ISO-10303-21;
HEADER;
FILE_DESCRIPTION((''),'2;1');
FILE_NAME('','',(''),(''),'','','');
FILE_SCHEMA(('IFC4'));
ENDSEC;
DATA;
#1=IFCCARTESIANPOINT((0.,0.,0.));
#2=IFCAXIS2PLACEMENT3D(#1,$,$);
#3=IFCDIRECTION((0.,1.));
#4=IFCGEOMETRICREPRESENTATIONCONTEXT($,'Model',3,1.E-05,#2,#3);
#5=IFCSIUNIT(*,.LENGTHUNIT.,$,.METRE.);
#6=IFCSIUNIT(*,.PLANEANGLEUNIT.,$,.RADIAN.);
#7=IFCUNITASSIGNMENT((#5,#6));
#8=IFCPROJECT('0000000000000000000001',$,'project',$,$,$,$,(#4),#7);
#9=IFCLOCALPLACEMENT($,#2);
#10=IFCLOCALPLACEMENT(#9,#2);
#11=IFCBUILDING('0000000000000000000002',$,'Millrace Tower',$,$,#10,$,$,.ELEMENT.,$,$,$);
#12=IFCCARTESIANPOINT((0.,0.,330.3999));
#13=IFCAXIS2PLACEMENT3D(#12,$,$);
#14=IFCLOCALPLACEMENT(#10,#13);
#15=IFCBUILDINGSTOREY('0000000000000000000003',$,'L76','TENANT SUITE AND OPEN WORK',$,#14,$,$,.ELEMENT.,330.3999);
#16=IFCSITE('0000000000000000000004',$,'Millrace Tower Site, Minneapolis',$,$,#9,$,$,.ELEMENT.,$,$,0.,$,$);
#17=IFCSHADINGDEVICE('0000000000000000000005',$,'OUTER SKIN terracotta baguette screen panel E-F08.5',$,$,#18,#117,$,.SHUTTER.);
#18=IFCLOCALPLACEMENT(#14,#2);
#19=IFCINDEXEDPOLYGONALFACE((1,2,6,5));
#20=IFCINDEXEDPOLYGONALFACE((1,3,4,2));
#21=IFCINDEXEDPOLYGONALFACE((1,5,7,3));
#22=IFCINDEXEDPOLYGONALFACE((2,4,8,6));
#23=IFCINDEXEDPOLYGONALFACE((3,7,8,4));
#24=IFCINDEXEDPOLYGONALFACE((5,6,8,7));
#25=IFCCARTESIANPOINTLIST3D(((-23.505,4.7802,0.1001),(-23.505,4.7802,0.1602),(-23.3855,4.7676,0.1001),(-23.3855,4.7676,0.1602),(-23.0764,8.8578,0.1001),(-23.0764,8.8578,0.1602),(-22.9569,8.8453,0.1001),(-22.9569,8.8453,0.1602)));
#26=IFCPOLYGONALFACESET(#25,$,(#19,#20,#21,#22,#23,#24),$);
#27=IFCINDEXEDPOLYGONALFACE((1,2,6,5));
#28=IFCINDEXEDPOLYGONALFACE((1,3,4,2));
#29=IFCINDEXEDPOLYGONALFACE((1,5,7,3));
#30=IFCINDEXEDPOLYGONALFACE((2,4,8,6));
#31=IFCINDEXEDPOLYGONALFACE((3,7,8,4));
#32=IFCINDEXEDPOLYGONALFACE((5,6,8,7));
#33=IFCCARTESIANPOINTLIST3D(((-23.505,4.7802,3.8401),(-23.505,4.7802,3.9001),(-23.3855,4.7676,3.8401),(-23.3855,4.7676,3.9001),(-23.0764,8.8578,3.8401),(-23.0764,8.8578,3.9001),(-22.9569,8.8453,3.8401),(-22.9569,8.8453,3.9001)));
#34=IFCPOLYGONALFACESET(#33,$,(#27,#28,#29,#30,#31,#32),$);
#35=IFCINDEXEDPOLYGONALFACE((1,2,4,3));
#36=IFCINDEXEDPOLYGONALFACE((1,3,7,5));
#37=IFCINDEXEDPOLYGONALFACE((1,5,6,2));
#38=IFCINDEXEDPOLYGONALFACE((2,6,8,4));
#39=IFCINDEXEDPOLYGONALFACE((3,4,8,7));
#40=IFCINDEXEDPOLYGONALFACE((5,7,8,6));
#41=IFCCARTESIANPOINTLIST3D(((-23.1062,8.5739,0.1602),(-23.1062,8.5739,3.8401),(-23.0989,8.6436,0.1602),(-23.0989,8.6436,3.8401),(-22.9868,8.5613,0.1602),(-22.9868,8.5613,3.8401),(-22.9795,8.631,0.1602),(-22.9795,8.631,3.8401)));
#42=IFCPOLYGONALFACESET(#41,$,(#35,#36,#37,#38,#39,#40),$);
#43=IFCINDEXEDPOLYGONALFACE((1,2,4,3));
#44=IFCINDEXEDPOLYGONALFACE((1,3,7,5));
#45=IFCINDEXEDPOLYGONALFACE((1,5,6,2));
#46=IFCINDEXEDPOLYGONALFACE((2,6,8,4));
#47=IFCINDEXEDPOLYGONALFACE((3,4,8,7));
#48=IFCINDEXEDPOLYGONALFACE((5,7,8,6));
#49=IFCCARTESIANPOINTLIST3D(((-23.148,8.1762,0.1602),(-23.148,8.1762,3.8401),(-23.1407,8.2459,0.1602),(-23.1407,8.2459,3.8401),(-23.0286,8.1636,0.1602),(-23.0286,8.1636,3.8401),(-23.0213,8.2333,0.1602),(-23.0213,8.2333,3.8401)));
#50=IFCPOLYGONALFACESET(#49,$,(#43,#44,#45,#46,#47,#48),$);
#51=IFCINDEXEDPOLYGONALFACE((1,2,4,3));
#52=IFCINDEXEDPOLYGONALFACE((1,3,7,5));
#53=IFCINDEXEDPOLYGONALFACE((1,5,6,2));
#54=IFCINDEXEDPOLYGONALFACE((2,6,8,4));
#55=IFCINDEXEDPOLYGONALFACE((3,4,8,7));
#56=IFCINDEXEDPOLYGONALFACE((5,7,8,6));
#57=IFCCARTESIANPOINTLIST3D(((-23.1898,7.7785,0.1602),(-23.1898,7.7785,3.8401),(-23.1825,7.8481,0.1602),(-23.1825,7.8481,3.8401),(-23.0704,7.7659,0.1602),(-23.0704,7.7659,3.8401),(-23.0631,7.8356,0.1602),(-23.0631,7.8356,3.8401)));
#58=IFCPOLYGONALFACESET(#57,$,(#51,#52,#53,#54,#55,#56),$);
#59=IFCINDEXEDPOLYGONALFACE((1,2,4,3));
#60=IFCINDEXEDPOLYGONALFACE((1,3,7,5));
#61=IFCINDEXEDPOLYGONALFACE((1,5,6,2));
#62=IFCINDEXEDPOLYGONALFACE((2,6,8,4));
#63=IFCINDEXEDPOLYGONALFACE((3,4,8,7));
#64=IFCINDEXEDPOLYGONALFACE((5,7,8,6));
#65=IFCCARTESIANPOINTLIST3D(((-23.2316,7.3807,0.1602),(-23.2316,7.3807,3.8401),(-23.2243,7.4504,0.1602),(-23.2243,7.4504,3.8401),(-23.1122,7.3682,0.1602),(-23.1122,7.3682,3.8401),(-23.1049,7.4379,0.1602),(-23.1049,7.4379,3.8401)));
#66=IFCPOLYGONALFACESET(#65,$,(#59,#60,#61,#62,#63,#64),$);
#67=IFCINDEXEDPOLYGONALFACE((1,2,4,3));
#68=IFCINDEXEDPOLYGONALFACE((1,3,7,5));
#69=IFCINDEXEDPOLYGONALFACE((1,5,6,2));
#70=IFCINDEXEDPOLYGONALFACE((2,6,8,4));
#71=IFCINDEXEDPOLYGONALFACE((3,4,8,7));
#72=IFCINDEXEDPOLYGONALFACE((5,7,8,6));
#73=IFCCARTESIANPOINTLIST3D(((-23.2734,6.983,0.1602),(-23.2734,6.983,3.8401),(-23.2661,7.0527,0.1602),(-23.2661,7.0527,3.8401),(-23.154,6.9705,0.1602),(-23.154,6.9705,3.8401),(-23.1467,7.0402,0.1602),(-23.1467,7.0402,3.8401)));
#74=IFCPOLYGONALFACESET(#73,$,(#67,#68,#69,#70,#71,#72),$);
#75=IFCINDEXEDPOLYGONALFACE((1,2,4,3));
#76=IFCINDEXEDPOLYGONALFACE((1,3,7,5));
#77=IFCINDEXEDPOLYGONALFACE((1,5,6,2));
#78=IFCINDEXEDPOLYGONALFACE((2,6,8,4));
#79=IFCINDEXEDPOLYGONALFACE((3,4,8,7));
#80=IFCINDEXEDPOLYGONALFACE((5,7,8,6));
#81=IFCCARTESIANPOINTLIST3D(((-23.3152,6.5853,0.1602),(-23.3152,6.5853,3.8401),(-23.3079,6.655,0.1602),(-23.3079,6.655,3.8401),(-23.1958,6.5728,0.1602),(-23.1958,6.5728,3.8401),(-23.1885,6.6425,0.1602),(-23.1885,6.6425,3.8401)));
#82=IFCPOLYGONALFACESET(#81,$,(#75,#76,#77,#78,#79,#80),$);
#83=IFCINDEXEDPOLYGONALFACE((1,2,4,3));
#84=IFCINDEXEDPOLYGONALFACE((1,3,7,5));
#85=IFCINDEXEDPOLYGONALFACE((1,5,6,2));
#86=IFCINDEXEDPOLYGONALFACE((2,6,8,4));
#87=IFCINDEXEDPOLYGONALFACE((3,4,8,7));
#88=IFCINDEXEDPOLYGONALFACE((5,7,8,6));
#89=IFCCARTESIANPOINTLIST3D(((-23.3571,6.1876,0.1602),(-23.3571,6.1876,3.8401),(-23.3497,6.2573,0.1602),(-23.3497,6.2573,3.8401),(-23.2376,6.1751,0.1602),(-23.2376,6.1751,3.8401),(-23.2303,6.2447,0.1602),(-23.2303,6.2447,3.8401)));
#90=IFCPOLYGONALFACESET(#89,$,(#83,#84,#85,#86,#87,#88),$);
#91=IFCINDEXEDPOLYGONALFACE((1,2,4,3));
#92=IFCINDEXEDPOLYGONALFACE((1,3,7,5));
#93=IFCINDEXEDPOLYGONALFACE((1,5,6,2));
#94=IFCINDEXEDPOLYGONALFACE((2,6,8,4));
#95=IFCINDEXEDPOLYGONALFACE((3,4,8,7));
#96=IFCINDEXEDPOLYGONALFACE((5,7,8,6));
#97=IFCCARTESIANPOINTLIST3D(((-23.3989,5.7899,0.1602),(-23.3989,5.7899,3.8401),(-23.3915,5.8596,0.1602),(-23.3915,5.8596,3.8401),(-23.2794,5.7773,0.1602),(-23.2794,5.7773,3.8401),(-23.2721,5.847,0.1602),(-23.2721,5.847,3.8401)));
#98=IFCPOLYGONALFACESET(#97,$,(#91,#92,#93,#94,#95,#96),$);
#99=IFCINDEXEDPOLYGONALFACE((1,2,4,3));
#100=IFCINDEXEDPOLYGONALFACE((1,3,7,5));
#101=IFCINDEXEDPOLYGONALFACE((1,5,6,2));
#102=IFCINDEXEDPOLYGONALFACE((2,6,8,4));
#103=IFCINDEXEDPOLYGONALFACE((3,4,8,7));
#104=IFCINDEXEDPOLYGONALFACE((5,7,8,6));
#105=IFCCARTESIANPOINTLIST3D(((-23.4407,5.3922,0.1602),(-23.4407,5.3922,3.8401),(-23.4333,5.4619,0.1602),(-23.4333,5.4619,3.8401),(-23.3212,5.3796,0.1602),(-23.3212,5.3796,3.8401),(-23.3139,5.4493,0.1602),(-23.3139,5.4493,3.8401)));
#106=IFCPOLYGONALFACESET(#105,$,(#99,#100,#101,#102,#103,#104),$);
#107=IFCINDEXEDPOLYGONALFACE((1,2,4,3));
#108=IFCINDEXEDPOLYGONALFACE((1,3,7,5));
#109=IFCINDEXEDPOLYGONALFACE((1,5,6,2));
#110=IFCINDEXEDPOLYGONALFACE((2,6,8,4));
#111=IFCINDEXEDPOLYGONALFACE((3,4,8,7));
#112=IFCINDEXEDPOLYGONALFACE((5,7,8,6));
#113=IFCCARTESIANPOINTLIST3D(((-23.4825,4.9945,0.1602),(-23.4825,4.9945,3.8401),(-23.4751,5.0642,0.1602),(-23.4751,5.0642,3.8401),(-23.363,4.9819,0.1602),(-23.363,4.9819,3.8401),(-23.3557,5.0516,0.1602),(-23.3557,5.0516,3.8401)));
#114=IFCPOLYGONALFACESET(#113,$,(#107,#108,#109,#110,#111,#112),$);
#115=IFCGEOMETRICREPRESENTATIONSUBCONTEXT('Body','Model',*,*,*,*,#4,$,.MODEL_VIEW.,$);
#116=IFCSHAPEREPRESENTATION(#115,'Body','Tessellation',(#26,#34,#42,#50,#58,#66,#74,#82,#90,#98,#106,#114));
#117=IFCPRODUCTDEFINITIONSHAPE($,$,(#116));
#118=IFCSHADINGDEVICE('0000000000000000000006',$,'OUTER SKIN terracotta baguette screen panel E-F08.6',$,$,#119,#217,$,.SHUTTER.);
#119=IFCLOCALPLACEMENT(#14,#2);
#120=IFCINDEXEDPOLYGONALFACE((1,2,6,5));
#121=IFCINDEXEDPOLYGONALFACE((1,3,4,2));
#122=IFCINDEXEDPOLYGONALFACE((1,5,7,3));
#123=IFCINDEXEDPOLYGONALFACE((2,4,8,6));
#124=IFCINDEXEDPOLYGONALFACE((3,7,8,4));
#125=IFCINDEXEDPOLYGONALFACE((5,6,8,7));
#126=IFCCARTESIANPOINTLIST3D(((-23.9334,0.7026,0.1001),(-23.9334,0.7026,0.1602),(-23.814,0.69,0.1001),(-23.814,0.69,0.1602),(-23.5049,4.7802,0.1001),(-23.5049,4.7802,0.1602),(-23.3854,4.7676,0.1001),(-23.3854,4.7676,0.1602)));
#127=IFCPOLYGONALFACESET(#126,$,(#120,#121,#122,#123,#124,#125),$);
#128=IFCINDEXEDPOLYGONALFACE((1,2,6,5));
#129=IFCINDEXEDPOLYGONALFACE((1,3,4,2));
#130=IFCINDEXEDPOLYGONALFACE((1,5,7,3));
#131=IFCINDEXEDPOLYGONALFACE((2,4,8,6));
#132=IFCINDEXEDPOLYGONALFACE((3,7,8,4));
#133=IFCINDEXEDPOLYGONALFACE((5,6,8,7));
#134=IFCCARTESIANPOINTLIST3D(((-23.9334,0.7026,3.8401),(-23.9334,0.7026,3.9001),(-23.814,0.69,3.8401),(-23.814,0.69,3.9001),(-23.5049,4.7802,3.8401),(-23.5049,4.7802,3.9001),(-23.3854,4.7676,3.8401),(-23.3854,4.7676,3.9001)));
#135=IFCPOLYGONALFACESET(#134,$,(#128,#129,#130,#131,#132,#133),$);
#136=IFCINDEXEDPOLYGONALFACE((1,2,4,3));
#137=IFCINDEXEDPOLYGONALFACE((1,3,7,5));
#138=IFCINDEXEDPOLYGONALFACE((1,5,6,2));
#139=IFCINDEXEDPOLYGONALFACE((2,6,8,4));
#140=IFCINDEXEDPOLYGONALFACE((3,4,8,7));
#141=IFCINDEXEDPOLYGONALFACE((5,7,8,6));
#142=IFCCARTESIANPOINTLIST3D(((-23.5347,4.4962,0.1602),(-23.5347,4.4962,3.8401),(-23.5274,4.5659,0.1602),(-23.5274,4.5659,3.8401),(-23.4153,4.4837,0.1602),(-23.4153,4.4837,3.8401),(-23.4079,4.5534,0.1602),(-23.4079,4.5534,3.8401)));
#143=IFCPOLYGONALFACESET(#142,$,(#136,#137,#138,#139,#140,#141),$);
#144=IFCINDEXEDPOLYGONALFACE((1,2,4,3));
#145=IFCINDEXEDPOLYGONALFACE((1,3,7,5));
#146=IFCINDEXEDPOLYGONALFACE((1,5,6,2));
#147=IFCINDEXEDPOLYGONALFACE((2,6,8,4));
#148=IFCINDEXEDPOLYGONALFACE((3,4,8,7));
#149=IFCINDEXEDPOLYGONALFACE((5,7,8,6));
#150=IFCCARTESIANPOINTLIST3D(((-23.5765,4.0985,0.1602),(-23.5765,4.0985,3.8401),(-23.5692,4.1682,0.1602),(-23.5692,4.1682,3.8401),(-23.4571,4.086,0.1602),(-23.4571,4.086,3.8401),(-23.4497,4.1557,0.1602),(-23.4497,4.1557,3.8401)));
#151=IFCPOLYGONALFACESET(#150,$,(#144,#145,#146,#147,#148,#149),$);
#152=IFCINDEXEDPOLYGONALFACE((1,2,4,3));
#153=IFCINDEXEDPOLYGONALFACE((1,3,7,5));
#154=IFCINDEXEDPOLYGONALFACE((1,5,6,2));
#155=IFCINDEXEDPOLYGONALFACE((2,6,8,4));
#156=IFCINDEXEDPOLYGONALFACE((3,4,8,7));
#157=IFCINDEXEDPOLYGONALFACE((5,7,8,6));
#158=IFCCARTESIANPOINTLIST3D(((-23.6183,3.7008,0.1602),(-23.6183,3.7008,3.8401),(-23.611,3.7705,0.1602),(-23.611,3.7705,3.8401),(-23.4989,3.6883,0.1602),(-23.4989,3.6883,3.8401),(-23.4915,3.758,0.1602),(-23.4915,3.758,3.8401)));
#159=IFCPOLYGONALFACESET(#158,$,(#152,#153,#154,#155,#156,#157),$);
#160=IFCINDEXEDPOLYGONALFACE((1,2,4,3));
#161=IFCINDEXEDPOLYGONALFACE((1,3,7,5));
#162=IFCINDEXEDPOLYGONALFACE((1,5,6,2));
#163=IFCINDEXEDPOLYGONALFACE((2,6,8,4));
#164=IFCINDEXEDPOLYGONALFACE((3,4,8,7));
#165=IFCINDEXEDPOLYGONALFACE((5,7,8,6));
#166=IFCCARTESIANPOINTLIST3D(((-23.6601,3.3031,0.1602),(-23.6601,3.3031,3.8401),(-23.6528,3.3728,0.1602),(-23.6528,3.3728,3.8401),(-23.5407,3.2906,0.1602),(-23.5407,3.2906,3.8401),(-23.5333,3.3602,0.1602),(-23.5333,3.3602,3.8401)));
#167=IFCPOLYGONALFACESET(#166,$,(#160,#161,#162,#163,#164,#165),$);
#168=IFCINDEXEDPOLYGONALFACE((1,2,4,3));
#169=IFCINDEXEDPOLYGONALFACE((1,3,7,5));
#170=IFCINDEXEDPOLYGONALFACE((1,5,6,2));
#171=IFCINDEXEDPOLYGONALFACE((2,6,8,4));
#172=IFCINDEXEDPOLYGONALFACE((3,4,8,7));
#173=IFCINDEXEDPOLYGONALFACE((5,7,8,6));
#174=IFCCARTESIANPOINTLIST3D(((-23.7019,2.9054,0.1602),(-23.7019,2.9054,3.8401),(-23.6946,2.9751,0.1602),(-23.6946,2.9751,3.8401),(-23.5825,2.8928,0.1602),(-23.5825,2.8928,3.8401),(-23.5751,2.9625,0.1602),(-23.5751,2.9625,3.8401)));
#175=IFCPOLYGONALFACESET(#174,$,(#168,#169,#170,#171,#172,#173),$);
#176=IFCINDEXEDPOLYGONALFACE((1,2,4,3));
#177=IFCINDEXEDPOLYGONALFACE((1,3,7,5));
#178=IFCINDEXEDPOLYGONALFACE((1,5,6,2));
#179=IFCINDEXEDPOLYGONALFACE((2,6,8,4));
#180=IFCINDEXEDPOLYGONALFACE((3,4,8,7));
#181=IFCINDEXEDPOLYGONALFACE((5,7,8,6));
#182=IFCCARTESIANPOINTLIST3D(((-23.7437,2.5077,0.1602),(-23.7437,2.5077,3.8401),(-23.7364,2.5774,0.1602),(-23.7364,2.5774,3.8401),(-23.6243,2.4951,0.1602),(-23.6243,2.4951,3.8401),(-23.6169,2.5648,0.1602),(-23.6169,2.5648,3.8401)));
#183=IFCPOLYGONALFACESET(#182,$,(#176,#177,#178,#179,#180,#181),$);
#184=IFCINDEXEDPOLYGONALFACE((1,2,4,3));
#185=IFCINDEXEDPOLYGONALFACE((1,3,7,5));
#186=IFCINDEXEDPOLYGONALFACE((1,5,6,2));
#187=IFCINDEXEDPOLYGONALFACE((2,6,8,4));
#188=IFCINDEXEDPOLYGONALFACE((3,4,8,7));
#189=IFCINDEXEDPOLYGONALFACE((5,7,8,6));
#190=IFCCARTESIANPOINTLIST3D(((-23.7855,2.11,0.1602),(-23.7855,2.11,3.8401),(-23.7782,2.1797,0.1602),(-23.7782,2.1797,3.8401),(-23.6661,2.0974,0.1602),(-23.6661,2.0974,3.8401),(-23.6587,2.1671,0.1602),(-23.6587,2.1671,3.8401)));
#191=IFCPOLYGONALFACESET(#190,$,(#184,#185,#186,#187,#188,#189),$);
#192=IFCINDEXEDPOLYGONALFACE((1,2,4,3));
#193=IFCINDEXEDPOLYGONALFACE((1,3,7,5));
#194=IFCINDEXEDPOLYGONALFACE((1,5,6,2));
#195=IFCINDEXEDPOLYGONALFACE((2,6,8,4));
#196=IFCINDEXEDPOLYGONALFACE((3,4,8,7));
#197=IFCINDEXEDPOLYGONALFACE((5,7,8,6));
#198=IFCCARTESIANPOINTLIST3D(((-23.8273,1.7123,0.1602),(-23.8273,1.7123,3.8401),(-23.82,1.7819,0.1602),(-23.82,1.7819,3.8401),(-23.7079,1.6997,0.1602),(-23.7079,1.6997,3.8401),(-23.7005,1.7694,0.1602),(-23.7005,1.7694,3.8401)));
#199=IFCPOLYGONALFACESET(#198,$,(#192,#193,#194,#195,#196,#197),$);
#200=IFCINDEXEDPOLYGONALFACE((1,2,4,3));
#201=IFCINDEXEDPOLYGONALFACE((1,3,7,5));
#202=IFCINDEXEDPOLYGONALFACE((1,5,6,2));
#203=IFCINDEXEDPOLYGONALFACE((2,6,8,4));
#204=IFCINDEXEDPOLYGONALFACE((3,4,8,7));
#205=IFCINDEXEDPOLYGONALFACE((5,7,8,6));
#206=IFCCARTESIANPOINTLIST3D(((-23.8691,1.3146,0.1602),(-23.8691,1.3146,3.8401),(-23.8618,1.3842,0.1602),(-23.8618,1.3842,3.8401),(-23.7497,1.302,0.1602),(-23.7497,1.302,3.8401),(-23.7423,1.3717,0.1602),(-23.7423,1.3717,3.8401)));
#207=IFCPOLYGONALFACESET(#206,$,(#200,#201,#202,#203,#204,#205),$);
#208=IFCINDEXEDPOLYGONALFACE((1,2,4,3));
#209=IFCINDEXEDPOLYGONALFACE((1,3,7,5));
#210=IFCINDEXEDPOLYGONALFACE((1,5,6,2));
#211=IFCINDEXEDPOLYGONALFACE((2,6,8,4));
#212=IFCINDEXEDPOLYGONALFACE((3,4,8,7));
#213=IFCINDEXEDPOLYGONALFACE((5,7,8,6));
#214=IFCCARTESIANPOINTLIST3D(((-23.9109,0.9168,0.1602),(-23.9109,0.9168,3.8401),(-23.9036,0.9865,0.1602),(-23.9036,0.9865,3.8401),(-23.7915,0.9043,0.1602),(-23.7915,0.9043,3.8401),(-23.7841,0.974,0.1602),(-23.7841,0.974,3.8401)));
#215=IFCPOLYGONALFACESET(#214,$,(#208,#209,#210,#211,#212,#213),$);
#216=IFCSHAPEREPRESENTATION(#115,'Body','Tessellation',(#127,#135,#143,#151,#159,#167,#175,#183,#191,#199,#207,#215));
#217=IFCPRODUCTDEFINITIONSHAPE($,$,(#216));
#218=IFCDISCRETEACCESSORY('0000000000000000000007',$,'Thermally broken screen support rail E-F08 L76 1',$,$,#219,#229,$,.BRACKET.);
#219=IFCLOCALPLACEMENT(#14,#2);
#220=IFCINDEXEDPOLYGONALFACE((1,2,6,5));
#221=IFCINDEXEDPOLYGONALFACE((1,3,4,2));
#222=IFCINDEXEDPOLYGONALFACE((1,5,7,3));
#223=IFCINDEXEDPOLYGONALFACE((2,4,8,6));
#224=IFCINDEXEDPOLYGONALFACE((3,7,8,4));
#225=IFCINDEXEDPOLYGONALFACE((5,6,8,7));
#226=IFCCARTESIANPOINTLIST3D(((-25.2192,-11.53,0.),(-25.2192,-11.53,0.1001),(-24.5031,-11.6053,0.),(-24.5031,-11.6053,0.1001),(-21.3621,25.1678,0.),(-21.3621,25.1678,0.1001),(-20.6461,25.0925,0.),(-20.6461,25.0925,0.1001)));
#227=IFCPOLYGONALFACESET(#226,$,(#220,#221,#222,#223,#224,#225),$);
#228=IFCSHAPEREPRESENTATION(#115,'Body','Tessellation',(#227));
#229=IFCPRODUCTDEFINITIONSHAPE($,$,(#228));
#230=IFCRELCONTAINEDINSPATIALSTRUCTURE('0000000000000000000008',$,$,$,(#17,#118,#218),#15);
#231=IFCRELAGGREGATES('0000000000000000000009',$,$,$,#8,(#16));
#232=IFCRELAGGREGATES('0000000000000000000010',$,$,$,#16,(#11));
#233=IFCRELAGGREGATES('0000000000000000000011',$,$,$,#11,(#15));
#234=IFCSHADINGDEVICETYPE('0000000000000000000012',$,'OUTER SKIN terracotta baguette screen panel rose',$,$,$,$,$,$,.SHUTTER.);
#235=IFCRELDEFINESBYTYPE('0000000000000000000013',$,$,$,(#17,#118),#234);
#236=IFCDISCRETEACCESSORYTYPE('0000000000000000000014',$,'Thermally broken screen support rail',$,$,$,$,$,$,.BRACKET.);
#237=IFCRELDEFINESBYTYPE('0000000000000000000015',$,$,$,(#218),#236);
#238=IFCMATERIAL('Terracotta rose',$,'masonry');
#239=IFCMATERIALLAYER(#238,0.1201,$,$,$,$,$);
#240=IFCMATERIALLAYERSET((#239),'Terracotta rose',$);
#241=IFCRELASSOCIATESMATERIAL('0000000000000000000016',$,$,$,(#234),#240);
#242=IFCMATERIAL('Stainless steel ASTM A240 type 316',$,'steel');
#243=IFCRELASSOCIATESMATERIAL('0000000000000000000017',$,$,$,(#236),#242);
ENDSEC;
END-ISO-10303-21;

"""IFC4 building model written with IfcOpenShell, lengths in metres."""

from ifc_helpers import new_model, entity, si_unit, direction, frame, frame_2d, origin, origin_2d, place, context, subcontext, project, spatial, rectangle, extrude, source, transform, mapped, material, layer, layer_set, type_object, element, save


model = new_model("IFC4")

# Units and contexts
model_context = context("Model", 3, precision=1e-05, world=origin(), true_north=direction((0.0, 1.0)))
body_context = subcontext(model_context, "Body", "Model", "MODEL_VIEW")
ifc_project = project(units=[si_unit("LENGTHUNIT", "METRE"), si_unit("PLANEANGLEUNIT", "RADIAN")], contexts=[model_context])

# Site, building, storey
site_placement = place(None, origin())
site = spatial("IfcSite", under=ifc_project, at=site_placement, Name="Millrace Tower Site, Minneapolis", CompositionType="ELEMENT", RefElevation=0.0)
building_placement = place(site_placement, origin())
building = spatial("IfcBuilding", under=site, at=building_placement, Name="Millrace Tower", CompositionType="ELEMENT")
storey_placement = place(building_placement, frame((0.0, 0.0, 330.3999)))
storey = spatial("IfcBuildingStorey", under=building, at=storey_placement, Name="L76", Description="TENANT SUITE AND OPEN WORK", CompositionType="ELEMENT", Elevation=330.3999)

# Shading devices
ifc_material_1 = material(Name="Terracotta rose", Category="masonry")
ifc_layer_1 = layer(ifc_material_1, 0.1201)
ifc_layer_set_1 = layer_set([ifc_layer_1], Name="Terracotta rose")
shading_device_type = type_object("IfcShadingDeviceType", Name="OUTER SKIN terracotta baguette screen panel rose", PredefinedType="SHUTTER", material=ifc_layer_set_1)
cartesian_point = entity("IfcCartesianPoint", [-2.05, 0.0601])
shared_polyline = entity("IfcPolyline", [cartesian_point, entity("IfcCartesianPoint", [2.05, 0.0601]), entity("IfcCartesianPoint", [2.05, -0.0601]), entity("IfcCartesianPoint", [-2.05, -0.0601]), cartesian_point])
shared_shape = source(origin(), body_context, "Body", "SweptSolid", [
    entity("IfcExtrudedAreaSolid", entity("IfcArbitraryClosedProfileDef", "AREA", None, shared_polyline), entity("IfcAxis2Placement3D", entity("IfcCartesianPoint", [0.0, 0.0, 0.0])), entity("IfcDirection", [0.0, 0.0, 1.0]), 0.0601),
    entity("IfcExtrudedAreaSolid", entity("IfcArbitraryClosedProfileDef", "AREA", None, shared_polyline), entity("IfcAxis2Placement3D", entity("IfcCartesianPoint", [0.0, 0.0, 3.74])), entity("IfcDirection", [0.0, 0.0, 1.0]), 0.0601),
    extrude(rectangle(XDim=0.0701, YDim=0.1201, at=frame_2d((-1.7996, 0.0))), frame((0.0, 0.0, 0.0601)), (0.0, 0.0, 1.0), 3.6799),
    extrude(rectangle(XDim=0.0701, YDim=0.1201, at=frame_2d((-1.3997, 0.0))), frame((0.0, 0.0, 0.0601)), (0.0, 0.0, 1.0), 3.6799),
    extrude(rectangle(XDim=0.0701, YDim=0.1201, at=frame_2d((-0.9998, 0.0))), frame((0.0, 0.0, 0.0601)), (0.0, 0.0, 1.0), 3.6799),
    extrude(rectangle(XDim=0.0701, YDim=0.1201, at=frame_2d((-0.5999, 0.0))), frame((0.0, 0.0, 0.0601)), (0.0, 0.0, 1.0), 3.6799),
    extrude(rectangle(XDim=0.0701, YDim=0.1201, at=frame_2d((-0.2, 0.0))), frame((0.0, 0.0, 0.0601)), (0.0, 0.0, 1.0), 3.6799),
    extrude(rectangle(XDim=0.0701, YDim=0.1201, at=frame_2d((0.2, 0.0))), frame((0.0, 0.0, 0.0601)), (0.0, 0.0, 1.0), 3.6799),
    extrude(rectangle(XDim=0.0701, YDim=0.1201, at=frame_2d((0.5999, 0.0))), frame((0.0, 0.0, 0.0601)), (0.0, 0.0, 1.0), 3.6799),
    extrude(rectangle(XDim=0.0701, YDim=0.1201, at=frame_2d((0.9998, 0.0))), frame((0.0, 0.0, 0.0601)), (0.0, 0.0, 1.0), 3.6799),
    extrude(rectangle(XDim=0.0701, YDim=0.1201, at=frame_2d((1.3997, 0.0))), frame((0.0, 0.0, 0.0601)), (0.0, 0.0, 1.0), 3.6799),
    extrude(rectangle(XDim=0.0701, YDim=0.1201, at=frame_2d((1.7996, 0.0))), frame((0.0, 0.0, 0.0601)), (0.0, 0.0, 1.0), 3.6799),
])
for number, where, z_axis, x_axis, name in (
    (1, (-23.231, 6.8127, 0.1001), (0.0, 0.0, 1.0), (-0.104528, -0.994522, 0.0), "OUTER SKIN terracotta baguette screen panel E-F08.5"),
    (2, (-23.6594, 2.7351, 0.1001), (0.0, 0.0, 1.0), (-0.104528, -0.994522, 0.0), "OUTER SKIN terracotta baguette screen panel E-F08.6"),
):
    element("IfcShadingDevice", number, at=place(storey_placement, frame(where, z_axis=z_axis, x_axis=x_axis)), inside=storey, type_object=shading_device_type, Name=name, PredefinedType="SHUTTER", context=body_context, shape_type="MappedRepresentation", body=[
        mapped(shared_shape, transform((0.0, 0.0, 0.0), scale=1.0)),
    ])

# Discrete accessory
ifc_material_2 = material(Name="Stainless steel ASTM A240 type 316", Category="steel")
discrete_accessory_type = type_object("IfcDiscreteAccessoryType", Name="Thermally broken screen support rail", PredefinedType="BRACKET", material=ifc_material_2)
discrete_accessory_placement = place(storey_placement, frame((-22.9326, 6.7812, 0.0), z_axis=(0.0, 0.0, 1.0), x_axis=(-0.104528, -0.994522, 0.0)))
element("IfcDiscreteAccessory", 3, at=discrete_accessory_placement, inside=storey, type_object=discrete_accessory_type, Name="Thermally broken screen support rail E-F08 L76 1", PredefinedType="BRACKET", context=body_context, shape_type="SweptSolid", body=[
    extrude(rectangle(XDim=36.8999, YDim=0.72, at=origin_2d()), origin(), (0.0, 0.0, 1.0), 0.1001),
])

save(model, "model.ifc")
